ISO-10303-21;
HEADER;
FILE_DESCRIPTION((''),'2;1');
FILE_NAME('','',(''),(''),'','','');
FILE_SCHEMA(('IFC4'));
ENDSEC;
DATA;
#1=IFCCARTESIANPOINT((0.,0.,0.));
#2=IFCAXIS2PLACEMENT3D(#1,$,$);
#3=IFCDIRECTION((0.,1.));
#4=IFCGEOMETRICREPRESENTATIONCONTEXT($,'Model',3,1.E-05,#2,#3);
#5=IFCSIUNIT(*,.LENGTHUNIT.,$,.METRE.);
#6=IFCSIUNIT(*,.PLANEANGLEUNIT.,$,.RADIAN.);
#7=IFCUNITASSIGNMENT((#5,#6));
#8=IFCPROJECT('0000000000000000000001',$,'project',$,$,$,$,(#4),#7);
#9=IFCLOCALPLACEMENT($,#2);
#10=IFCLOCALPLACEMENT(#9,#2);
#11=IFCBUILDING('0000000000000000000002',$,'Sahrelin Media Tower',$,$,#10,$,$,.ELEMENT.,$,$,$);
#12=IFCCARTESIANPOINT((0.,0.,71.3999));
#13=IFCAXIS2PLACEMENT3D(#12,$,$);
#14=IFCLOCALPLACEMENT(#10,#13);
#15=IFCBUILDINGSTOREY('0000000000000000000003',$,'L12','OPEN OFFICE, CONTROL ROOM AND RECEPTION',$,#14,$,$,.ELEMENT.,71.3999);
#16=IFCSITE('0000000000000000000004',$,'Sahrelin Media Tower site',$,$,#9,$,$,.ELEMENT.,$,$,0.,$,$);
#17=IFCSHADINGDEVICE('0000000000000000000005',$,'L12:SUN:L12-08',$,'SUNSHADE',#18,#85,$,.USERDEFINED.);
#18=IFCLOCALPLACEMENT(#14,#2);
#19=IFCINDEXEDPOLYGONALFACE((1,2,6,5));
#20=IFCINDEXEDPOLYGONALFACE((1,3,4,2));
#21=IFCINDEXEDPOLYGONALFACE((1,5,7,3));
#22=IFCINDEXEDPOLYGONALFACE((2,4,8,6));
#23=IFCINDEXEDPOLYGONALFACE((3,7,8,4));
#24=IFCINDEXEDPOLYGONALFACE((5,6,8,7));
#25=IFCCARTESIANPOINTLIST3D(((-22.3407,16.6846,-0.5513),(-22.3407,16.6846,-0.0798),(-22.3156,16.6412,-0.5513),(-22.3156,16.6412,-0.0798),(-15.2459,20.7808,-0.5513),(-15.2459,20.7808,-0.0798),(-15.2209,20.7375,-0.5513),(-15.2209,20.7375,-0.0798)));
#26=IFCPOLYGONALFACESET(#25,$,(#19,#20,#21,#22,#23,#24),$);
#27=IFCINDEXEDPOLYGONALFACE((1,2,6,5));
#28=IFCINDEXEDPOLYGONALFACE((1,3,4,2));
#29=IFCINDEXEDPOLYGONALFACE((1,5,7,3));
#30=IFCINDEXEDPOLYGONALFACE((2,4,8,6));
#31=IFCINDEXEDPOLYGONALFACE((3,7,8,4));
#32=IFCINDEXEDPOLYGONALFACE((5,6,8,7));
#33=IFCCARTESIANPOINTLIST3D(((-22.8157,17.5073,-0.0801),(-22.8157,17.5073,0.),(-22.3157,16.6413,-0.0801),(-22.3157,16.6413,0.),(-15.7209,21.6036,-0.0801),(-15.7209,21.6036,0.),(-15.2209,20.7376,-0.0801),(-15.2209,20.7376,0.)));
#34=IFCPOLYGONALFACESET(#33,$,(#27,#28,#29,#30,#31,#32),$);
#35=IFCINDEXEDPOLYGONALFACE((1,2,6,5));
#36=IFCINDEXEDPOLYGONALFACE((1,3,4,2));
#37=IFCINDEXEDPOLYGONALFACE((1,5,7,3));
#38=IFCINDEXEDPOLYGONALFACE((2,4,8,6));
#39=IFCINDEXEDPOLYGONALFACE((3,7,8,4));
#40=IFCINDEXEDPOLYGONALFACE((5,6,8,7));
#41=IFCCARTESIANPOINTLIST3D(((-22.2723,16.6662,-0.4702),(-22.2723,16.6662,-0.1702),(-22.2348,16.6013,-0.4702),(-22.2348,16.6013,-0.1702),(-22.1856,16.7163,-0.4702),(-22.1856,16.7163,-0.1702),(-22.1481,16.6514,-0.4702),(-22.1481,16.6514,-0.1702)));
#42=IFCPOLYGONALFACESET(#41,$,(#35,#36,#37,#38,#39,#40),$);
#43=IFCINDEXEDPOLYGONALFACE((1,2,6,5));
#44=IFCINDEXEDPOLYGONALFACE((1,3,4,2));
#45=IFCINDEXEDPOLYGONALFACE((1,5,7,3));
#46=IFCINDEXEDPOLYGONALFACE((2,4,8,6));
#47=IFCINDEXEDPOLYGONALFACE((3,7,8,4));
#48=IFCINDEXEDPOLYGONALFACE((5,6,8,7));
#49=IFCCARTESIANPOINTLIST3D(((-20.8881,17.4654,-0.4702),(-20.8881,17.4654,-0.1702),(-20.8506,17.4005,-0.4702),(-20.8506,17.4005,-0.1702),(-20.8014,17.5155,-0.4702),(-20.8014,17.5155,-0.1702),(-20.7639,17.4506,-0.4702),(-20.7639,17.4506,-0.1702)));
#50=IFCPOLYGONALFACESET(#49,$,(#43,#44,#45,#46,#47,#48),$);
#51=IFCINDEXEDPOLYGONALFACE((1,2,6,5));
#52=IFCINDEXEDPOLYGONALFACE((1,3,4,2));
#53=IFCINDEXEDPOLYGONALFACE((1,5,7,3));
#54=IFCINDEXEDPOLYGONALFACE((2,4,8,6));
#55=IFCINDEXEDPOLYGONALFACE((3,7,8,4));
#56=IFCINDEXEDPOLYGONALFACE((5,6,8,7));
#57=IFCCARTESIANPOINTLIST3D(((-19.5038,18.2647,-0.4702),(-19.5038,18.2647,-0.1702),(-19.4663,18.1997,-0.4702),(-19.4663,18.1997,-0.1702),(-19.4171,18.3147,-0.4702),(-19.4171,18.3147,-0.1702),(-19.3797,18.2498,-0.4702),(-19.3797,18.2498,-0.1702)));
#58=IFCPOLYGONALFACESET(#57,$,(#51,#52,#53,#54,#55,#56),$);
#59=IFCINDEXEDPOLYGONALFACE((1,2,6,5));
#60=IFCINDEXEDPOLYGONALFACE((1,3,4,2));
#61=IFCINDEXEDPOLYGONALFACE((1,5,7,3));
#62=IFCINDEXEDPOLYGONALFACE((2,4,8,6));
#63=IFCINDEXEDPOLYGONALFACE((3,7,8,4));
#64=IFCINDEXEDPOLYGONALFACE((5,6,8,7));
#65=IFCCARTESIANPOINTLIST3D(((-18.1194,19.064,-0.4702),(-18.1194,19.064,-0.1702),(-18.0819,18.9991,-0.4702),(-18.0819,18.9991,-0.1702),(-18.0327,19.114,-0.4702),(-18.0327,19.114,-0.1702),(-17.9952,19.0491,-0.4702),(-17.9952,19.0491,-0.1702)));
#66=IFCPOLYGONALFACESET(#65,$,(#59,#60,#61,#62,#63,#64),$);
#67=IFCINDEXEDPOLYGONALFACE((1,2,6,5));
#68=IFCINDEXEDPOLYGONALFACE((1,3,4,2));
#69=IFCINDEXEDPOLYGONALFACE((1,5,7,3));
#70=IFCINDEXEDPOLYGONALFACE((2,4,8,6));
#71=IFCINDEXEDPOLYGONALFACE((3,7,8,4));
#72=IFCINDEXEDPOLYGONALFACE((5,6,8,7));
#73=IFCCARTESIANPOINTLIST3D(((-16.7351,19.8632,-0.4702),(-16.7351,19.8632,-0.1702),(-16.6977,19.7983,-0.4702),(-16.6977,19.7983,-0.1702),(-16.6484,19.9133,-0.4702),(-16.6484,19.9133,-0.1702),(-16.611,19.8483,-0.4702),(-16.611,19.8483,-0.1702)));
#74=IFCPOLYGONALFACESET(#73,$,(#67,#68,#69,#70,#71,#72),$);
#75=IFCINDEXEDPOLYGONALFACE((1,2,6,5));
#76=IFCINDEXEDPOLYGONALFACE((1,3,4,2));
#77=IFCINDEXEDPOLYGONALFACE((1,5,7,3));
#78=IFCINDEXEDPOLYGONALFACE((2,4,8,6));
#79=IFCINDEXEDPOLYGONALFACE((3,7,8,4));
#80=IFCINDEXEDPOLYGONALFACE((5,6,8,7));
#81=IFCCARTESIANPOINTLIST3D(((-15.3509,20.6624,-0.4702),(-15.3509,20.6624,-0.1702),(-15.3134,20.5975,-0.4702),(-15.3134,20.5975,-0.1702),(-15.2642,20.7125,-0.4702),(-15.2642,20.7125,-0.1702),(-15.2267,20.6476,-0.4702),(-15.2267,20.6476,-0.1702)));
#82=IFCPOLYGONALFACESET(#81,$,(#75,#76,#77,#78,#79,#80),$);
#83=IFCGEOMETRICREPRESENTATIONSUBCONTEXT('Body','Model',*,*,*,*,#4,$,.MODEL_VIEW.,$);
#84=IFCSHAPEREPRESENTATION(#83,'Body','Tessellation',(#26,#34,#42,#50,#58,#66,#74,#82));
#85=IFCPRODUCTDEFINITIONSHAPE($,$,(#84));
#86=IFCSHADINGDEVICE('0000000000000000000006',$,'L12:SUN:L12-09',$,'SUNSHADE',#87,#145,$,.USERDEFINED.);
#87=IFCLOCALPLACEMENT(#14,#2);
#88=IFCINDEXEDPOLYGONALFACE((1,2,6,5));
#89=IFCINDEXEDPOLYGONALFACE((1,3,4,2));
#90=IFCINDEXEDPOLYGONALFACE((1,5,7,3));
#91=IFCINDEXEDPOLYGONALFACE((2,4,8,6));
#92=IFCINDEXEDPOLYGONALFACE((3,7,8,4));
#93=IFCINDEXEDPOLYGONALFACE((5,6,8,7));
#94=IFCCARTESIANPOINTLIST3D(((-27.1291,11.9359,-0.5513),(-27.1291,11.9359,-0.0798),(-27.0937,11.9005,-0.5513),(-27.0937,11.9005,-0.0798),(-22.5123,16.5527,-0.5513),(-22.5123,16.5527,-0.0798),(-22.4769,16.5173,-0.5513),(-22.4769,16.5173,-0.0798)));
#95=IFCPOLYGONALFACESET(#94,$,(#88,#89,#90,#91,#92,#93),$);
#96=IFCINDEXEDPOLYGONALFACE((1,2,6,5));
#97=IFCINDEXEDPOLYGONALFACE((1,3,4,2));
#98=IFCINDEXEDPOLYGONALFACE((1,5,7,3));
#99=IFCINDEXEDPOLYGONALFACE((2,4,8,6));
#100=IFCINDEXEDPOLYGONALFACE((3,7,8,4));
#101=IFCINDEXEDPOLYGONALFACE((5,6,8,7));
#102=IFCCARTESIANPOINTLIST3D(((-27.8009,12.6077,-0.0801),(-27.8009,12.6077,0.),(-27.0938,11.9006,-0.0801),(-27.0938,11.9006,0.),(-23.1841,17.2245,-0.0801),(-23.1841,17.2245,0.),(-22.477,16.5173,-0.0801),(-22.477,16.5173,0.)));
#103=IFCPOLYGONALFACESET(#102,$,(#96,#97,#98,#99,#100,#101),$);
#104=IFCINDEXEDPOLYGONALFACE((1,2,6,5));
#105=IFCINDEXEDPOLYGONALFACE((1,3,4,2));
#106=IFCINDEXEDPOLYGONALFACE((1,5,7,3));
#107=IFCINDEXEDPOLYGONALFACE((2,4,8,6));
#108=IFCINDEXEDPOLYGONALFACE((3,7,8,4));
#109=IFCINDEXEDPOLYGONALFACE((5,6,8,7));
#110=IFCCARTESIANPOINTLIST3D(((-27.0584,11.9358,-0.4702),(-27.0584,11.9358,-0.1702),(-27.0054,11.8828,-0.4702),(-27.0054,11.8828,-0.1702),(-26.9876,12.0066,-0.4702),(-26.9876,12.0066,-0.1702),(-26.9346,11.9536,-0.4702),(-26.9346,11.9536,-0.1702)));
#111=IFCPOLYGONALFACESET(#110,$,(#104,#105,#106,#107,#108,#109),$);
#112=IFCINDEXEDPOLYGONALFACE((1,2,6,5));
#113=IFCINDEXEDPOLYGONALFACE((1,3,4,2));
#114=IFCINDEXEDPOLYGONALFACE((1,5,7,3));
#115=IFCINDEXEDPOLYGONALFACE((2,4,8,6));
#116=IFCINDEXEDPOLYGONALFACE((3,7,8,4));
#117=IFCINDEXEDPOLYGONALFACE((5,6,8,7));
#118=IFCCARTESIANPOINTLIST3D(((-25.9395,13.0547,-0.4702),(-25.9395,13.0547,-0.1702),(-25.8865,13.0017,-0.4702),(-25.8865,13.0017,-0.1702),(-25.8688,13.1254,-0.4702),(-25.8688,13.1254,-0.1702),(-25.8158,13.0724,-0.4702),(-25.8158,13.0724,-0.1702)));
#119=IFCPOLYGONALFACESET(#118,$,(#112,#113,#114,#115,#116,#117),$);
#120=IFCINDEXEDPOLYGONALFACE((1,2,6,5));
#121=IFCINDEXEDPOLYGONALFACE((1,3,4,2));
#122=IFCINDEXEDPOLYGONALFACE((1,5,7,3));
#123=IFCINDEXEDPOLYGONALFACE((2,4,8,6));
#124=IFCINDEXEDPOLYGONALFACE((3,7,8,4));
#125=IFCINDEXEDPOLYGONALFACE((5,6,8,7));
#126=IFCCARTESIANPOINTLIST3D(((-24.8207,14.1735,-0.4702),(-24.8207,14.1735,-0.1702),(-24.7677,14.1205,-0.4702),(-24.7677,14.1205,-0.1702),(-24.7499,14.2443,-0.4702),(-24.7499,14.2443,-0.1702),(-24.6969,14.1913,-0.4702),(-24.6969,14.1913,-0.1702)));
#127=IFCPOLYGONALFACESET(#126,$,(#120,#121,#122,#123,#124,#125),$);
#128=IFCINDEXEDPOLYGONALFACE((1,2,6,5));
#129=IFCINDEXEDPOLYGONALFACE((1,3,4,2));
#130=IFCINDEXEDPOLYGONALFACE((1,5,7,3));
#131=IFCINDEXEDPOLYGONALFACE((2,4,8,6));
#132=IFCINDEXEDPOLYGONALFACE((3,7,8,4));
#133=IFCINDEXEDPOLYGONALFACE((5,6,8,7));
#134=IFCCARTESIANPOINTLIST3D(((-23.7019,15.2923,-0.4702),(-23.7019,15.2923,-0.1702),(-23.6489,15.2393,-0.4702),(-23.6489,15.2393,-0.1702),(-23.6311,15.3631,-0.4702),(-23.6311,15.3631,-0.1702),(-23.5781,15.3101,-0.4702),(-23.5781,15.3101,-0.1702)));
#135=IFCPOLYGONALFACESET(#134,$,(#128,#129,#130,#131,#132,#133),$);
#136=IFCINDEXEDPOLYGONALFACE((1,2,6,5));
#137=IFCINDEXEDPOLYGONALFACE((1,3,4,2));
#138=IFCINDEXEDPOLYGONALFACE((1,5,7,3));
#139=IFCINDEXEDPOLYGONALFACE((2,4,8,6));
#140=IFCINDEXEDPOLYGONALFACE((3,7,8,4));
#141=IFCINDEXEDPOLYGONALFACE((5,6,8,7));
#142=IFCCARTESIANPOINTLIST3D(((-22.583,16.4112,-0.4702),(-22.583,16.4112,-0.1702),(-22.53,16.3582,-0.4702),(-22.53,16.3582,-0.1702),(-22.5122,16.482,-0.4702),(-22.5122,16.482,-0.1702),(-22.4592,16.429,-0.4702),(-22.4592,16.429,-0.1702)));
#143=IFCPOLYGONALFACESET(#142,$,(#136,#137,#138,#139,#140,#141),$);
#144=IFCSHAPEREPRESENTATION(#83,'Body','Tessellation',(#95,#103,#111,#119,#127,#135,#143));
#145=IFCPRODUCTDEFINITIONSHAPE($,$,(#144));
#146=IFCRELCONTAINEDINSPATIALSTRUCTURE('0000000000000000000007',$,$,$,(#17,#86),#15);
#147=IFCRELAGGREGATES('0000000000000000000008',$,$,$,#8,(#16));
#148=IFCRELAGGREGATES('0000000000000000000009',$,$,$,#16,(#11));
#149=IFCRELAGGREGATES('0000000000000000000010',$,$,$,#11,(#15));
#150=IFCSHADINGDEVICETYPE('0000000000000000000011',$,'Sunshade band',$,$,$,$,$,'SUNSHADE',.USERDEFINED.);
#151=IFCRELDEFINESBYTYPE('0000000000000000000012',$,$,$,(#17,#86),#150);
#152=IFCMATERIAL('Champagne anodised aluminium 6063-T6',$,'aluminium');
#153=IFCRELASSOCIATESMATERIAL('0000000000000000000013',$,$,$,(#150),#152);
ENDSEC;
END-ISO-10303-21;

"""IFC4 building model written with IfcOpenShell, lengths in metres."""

from ifc_helpers import new_model, si_unit, direction, frame, origin, origin_2d, place, context, subcontext, project, spatial, rectangle, extrude, material, type_object, element, save


model = new_model("IFC4")

# Units and contexts
model_context = context("Model", 3, precision=1e-05, world=origin(), true_north=direction((0.0, 1.0)))
body_context = subcontext(model_context, "Body", "Model", "MODEL_VIEW")
ifc_project = project(units=[si_unit("LENGTHUNIT", "METRE"), si_unit("PLANEANGLEUNIT", "RADIAN")], contexts=[model_context])

# Site, building, storey
site_placement = place(None, origin())
site = spatial("IfcSite", under=ifc_project, at=site_placement, Name="Sahrelin Media Tower site", CompositionType="ELEMENT", RefElevation=0.0)
building_placement = place(site_placement, origin())
building = spatial("IfcBuilding", under=site, at=building_placement, Name="Sahrelin Media Tower", CompositionType="ELEMENT")
storey_placement = place(building_placement, frame((0.0, 0.0, 71.3999)))
storey = spatial("IfcBuildingStorey", under=building, at=storey_placement, Name="L12", Description="OPEN OFFICE, CONTROL ROOM AND RECEPTION", CompositionType="ELEMENT", Elevation=71.3999)

# Shared definitions
ifc_material_1 = material(Name="Champagne anodised aluminium 6063-T6", Category="aluminium")

# Shading devices
placement_1 = place(storey_placement, frame((-18.7583, 18.6721, 0.0), z_axis=(0.0, 0.0, 1.0), x_axis=(0.866019, 0.500011, 0.0)))
placement_2 = place(storey_placement, frame((-24.7712, 14.1948, 0.0), z_axis=(0.0, 0.0, 1.0), x_axis=(0.707107, 0.707107, 0.0)))
shading_device_type_1 = type_object("IfcShadingDeviceType", Name="Sunshade band", ElementType="SUNSHADE", PredefinedType="USERDEFINED", material=ifc_material_1)
element("IfcShadingDevice", 1, at=placement_1, inside=storey, type_object=shading_device_type_1, Name="L12:SUN:L12-08", ObjectType="SUNSHADE", PredefinedType="USERDEFINED", context=body_context, shape_type="SweptSolid", body=[
    extrude(rectangle(XDim=8.1924, YDim=0.05, at=origin_2d()), frame((0.0, 0.0449, -0.5513)), (0.0, 0.0, 1.0), 0.4714),
    extrude(rectangle(XDim=8.1924, YDim=1.0, at=origin_2d()), frame((0.0, 0.52, -0.0801)), (0.0, 0.0, 1.0), 0.0801),
    extrude(rectangle(XDim=0.1001, YDim=0.075, at=origin_2d()), frame((-3.9961, -0.0176, -0.4702)), (0.0, 0.0, 1.0), 0.3),
    extrude(rectangle(XDim=0.1001, YDim=0.075, at=origin_2d()), frame((-2.3977, -0.0176, -0.4702)), (0.0, 0.0, 1.0), 0.3),
    extrude(rectangle(XDim=0.1001, YDim=0.075, at=origin_2d()), frame((-0.7993, -0.0176, -0.4702)), (0.0, 0.0, 1.0), 0.3),
    extrude(rectangle(XDim=0.1001, YDim=0.075, at=origin_2d()), frame((0.7993, -0.0176, -0.4702)), (0.0, 0.0, 1.0), 0.3),
    extrude(rectangle(XDim=0.1001, YDim=0.075, at=origin_2d()), frame((2.3977, -0.0176, -0.4702)), (0.0, 0.0, 1.0), 0.3),
    extrude(rectangle(XDim=0.1001, YDim=0.075, at=origin_2d()), frame((3.9961, -0.0176, -0.4702)), (0.0, 0.0, 1.0), 0.3),
])
element("IfcShadingDevice", 2, at=placement_2, inside=storey, type_object=shading_device_type_1, Name="L12:SUN:L12-09", ObjectType="SUNSHADE", PredefinedType="USERDEFINED", context=body_context, shape_type="SweptSolid", body=[
    extrude(rectangle(XDim=6.5291, YDim=0.05, at=origin_2d()), frame((0.0, 0.0449, -0.5513)), (0.0, 0.0, 1.0), 0.4714),
    extrude(rectangle(XDim=6.5291, YDim=1.0, at=origin_2d()), frame((0.0, 0.52, -0.0801)), (0.0, 0.0, 1.0), 0.0801),
    extrude(rectangle(XDim=0.1001, YDim=0.075, at=origin_2d()), frame((-3.1646, -0.0176, -0.4702)), (0.0, 0.0, 1.0), 0.3),
    extrude(rectangle(XDim=0.1001, YDim=0.075, at=origin_2d()), frame((-1.5823, -0.0176, -0.4702)), (0.0, 0.0, 1.0), 0.3),
    extrude(rectangle(XDim=0.1001, YDim=0.075, at=origin_2d()), frame((0.0, -0.0176, -0.4702)), (0.0, 0.0, 1.0), 0.3),
    extrude(rectangle(XDim=0.1001, YDim=0.075, at=origin_2d()), frame((1.5823, -0.0176, -0.4702)), (0.0, 0.0, 1.0), 0.3),
    extrude(rectangle(XDim=0.1001, YDim=0.075, at=origin_2d()), frame((3.1646, -0.0176, -0.4702)), (0.0, 0.0, 1.0), 0.3),
])

save(model, "model.ifc")
